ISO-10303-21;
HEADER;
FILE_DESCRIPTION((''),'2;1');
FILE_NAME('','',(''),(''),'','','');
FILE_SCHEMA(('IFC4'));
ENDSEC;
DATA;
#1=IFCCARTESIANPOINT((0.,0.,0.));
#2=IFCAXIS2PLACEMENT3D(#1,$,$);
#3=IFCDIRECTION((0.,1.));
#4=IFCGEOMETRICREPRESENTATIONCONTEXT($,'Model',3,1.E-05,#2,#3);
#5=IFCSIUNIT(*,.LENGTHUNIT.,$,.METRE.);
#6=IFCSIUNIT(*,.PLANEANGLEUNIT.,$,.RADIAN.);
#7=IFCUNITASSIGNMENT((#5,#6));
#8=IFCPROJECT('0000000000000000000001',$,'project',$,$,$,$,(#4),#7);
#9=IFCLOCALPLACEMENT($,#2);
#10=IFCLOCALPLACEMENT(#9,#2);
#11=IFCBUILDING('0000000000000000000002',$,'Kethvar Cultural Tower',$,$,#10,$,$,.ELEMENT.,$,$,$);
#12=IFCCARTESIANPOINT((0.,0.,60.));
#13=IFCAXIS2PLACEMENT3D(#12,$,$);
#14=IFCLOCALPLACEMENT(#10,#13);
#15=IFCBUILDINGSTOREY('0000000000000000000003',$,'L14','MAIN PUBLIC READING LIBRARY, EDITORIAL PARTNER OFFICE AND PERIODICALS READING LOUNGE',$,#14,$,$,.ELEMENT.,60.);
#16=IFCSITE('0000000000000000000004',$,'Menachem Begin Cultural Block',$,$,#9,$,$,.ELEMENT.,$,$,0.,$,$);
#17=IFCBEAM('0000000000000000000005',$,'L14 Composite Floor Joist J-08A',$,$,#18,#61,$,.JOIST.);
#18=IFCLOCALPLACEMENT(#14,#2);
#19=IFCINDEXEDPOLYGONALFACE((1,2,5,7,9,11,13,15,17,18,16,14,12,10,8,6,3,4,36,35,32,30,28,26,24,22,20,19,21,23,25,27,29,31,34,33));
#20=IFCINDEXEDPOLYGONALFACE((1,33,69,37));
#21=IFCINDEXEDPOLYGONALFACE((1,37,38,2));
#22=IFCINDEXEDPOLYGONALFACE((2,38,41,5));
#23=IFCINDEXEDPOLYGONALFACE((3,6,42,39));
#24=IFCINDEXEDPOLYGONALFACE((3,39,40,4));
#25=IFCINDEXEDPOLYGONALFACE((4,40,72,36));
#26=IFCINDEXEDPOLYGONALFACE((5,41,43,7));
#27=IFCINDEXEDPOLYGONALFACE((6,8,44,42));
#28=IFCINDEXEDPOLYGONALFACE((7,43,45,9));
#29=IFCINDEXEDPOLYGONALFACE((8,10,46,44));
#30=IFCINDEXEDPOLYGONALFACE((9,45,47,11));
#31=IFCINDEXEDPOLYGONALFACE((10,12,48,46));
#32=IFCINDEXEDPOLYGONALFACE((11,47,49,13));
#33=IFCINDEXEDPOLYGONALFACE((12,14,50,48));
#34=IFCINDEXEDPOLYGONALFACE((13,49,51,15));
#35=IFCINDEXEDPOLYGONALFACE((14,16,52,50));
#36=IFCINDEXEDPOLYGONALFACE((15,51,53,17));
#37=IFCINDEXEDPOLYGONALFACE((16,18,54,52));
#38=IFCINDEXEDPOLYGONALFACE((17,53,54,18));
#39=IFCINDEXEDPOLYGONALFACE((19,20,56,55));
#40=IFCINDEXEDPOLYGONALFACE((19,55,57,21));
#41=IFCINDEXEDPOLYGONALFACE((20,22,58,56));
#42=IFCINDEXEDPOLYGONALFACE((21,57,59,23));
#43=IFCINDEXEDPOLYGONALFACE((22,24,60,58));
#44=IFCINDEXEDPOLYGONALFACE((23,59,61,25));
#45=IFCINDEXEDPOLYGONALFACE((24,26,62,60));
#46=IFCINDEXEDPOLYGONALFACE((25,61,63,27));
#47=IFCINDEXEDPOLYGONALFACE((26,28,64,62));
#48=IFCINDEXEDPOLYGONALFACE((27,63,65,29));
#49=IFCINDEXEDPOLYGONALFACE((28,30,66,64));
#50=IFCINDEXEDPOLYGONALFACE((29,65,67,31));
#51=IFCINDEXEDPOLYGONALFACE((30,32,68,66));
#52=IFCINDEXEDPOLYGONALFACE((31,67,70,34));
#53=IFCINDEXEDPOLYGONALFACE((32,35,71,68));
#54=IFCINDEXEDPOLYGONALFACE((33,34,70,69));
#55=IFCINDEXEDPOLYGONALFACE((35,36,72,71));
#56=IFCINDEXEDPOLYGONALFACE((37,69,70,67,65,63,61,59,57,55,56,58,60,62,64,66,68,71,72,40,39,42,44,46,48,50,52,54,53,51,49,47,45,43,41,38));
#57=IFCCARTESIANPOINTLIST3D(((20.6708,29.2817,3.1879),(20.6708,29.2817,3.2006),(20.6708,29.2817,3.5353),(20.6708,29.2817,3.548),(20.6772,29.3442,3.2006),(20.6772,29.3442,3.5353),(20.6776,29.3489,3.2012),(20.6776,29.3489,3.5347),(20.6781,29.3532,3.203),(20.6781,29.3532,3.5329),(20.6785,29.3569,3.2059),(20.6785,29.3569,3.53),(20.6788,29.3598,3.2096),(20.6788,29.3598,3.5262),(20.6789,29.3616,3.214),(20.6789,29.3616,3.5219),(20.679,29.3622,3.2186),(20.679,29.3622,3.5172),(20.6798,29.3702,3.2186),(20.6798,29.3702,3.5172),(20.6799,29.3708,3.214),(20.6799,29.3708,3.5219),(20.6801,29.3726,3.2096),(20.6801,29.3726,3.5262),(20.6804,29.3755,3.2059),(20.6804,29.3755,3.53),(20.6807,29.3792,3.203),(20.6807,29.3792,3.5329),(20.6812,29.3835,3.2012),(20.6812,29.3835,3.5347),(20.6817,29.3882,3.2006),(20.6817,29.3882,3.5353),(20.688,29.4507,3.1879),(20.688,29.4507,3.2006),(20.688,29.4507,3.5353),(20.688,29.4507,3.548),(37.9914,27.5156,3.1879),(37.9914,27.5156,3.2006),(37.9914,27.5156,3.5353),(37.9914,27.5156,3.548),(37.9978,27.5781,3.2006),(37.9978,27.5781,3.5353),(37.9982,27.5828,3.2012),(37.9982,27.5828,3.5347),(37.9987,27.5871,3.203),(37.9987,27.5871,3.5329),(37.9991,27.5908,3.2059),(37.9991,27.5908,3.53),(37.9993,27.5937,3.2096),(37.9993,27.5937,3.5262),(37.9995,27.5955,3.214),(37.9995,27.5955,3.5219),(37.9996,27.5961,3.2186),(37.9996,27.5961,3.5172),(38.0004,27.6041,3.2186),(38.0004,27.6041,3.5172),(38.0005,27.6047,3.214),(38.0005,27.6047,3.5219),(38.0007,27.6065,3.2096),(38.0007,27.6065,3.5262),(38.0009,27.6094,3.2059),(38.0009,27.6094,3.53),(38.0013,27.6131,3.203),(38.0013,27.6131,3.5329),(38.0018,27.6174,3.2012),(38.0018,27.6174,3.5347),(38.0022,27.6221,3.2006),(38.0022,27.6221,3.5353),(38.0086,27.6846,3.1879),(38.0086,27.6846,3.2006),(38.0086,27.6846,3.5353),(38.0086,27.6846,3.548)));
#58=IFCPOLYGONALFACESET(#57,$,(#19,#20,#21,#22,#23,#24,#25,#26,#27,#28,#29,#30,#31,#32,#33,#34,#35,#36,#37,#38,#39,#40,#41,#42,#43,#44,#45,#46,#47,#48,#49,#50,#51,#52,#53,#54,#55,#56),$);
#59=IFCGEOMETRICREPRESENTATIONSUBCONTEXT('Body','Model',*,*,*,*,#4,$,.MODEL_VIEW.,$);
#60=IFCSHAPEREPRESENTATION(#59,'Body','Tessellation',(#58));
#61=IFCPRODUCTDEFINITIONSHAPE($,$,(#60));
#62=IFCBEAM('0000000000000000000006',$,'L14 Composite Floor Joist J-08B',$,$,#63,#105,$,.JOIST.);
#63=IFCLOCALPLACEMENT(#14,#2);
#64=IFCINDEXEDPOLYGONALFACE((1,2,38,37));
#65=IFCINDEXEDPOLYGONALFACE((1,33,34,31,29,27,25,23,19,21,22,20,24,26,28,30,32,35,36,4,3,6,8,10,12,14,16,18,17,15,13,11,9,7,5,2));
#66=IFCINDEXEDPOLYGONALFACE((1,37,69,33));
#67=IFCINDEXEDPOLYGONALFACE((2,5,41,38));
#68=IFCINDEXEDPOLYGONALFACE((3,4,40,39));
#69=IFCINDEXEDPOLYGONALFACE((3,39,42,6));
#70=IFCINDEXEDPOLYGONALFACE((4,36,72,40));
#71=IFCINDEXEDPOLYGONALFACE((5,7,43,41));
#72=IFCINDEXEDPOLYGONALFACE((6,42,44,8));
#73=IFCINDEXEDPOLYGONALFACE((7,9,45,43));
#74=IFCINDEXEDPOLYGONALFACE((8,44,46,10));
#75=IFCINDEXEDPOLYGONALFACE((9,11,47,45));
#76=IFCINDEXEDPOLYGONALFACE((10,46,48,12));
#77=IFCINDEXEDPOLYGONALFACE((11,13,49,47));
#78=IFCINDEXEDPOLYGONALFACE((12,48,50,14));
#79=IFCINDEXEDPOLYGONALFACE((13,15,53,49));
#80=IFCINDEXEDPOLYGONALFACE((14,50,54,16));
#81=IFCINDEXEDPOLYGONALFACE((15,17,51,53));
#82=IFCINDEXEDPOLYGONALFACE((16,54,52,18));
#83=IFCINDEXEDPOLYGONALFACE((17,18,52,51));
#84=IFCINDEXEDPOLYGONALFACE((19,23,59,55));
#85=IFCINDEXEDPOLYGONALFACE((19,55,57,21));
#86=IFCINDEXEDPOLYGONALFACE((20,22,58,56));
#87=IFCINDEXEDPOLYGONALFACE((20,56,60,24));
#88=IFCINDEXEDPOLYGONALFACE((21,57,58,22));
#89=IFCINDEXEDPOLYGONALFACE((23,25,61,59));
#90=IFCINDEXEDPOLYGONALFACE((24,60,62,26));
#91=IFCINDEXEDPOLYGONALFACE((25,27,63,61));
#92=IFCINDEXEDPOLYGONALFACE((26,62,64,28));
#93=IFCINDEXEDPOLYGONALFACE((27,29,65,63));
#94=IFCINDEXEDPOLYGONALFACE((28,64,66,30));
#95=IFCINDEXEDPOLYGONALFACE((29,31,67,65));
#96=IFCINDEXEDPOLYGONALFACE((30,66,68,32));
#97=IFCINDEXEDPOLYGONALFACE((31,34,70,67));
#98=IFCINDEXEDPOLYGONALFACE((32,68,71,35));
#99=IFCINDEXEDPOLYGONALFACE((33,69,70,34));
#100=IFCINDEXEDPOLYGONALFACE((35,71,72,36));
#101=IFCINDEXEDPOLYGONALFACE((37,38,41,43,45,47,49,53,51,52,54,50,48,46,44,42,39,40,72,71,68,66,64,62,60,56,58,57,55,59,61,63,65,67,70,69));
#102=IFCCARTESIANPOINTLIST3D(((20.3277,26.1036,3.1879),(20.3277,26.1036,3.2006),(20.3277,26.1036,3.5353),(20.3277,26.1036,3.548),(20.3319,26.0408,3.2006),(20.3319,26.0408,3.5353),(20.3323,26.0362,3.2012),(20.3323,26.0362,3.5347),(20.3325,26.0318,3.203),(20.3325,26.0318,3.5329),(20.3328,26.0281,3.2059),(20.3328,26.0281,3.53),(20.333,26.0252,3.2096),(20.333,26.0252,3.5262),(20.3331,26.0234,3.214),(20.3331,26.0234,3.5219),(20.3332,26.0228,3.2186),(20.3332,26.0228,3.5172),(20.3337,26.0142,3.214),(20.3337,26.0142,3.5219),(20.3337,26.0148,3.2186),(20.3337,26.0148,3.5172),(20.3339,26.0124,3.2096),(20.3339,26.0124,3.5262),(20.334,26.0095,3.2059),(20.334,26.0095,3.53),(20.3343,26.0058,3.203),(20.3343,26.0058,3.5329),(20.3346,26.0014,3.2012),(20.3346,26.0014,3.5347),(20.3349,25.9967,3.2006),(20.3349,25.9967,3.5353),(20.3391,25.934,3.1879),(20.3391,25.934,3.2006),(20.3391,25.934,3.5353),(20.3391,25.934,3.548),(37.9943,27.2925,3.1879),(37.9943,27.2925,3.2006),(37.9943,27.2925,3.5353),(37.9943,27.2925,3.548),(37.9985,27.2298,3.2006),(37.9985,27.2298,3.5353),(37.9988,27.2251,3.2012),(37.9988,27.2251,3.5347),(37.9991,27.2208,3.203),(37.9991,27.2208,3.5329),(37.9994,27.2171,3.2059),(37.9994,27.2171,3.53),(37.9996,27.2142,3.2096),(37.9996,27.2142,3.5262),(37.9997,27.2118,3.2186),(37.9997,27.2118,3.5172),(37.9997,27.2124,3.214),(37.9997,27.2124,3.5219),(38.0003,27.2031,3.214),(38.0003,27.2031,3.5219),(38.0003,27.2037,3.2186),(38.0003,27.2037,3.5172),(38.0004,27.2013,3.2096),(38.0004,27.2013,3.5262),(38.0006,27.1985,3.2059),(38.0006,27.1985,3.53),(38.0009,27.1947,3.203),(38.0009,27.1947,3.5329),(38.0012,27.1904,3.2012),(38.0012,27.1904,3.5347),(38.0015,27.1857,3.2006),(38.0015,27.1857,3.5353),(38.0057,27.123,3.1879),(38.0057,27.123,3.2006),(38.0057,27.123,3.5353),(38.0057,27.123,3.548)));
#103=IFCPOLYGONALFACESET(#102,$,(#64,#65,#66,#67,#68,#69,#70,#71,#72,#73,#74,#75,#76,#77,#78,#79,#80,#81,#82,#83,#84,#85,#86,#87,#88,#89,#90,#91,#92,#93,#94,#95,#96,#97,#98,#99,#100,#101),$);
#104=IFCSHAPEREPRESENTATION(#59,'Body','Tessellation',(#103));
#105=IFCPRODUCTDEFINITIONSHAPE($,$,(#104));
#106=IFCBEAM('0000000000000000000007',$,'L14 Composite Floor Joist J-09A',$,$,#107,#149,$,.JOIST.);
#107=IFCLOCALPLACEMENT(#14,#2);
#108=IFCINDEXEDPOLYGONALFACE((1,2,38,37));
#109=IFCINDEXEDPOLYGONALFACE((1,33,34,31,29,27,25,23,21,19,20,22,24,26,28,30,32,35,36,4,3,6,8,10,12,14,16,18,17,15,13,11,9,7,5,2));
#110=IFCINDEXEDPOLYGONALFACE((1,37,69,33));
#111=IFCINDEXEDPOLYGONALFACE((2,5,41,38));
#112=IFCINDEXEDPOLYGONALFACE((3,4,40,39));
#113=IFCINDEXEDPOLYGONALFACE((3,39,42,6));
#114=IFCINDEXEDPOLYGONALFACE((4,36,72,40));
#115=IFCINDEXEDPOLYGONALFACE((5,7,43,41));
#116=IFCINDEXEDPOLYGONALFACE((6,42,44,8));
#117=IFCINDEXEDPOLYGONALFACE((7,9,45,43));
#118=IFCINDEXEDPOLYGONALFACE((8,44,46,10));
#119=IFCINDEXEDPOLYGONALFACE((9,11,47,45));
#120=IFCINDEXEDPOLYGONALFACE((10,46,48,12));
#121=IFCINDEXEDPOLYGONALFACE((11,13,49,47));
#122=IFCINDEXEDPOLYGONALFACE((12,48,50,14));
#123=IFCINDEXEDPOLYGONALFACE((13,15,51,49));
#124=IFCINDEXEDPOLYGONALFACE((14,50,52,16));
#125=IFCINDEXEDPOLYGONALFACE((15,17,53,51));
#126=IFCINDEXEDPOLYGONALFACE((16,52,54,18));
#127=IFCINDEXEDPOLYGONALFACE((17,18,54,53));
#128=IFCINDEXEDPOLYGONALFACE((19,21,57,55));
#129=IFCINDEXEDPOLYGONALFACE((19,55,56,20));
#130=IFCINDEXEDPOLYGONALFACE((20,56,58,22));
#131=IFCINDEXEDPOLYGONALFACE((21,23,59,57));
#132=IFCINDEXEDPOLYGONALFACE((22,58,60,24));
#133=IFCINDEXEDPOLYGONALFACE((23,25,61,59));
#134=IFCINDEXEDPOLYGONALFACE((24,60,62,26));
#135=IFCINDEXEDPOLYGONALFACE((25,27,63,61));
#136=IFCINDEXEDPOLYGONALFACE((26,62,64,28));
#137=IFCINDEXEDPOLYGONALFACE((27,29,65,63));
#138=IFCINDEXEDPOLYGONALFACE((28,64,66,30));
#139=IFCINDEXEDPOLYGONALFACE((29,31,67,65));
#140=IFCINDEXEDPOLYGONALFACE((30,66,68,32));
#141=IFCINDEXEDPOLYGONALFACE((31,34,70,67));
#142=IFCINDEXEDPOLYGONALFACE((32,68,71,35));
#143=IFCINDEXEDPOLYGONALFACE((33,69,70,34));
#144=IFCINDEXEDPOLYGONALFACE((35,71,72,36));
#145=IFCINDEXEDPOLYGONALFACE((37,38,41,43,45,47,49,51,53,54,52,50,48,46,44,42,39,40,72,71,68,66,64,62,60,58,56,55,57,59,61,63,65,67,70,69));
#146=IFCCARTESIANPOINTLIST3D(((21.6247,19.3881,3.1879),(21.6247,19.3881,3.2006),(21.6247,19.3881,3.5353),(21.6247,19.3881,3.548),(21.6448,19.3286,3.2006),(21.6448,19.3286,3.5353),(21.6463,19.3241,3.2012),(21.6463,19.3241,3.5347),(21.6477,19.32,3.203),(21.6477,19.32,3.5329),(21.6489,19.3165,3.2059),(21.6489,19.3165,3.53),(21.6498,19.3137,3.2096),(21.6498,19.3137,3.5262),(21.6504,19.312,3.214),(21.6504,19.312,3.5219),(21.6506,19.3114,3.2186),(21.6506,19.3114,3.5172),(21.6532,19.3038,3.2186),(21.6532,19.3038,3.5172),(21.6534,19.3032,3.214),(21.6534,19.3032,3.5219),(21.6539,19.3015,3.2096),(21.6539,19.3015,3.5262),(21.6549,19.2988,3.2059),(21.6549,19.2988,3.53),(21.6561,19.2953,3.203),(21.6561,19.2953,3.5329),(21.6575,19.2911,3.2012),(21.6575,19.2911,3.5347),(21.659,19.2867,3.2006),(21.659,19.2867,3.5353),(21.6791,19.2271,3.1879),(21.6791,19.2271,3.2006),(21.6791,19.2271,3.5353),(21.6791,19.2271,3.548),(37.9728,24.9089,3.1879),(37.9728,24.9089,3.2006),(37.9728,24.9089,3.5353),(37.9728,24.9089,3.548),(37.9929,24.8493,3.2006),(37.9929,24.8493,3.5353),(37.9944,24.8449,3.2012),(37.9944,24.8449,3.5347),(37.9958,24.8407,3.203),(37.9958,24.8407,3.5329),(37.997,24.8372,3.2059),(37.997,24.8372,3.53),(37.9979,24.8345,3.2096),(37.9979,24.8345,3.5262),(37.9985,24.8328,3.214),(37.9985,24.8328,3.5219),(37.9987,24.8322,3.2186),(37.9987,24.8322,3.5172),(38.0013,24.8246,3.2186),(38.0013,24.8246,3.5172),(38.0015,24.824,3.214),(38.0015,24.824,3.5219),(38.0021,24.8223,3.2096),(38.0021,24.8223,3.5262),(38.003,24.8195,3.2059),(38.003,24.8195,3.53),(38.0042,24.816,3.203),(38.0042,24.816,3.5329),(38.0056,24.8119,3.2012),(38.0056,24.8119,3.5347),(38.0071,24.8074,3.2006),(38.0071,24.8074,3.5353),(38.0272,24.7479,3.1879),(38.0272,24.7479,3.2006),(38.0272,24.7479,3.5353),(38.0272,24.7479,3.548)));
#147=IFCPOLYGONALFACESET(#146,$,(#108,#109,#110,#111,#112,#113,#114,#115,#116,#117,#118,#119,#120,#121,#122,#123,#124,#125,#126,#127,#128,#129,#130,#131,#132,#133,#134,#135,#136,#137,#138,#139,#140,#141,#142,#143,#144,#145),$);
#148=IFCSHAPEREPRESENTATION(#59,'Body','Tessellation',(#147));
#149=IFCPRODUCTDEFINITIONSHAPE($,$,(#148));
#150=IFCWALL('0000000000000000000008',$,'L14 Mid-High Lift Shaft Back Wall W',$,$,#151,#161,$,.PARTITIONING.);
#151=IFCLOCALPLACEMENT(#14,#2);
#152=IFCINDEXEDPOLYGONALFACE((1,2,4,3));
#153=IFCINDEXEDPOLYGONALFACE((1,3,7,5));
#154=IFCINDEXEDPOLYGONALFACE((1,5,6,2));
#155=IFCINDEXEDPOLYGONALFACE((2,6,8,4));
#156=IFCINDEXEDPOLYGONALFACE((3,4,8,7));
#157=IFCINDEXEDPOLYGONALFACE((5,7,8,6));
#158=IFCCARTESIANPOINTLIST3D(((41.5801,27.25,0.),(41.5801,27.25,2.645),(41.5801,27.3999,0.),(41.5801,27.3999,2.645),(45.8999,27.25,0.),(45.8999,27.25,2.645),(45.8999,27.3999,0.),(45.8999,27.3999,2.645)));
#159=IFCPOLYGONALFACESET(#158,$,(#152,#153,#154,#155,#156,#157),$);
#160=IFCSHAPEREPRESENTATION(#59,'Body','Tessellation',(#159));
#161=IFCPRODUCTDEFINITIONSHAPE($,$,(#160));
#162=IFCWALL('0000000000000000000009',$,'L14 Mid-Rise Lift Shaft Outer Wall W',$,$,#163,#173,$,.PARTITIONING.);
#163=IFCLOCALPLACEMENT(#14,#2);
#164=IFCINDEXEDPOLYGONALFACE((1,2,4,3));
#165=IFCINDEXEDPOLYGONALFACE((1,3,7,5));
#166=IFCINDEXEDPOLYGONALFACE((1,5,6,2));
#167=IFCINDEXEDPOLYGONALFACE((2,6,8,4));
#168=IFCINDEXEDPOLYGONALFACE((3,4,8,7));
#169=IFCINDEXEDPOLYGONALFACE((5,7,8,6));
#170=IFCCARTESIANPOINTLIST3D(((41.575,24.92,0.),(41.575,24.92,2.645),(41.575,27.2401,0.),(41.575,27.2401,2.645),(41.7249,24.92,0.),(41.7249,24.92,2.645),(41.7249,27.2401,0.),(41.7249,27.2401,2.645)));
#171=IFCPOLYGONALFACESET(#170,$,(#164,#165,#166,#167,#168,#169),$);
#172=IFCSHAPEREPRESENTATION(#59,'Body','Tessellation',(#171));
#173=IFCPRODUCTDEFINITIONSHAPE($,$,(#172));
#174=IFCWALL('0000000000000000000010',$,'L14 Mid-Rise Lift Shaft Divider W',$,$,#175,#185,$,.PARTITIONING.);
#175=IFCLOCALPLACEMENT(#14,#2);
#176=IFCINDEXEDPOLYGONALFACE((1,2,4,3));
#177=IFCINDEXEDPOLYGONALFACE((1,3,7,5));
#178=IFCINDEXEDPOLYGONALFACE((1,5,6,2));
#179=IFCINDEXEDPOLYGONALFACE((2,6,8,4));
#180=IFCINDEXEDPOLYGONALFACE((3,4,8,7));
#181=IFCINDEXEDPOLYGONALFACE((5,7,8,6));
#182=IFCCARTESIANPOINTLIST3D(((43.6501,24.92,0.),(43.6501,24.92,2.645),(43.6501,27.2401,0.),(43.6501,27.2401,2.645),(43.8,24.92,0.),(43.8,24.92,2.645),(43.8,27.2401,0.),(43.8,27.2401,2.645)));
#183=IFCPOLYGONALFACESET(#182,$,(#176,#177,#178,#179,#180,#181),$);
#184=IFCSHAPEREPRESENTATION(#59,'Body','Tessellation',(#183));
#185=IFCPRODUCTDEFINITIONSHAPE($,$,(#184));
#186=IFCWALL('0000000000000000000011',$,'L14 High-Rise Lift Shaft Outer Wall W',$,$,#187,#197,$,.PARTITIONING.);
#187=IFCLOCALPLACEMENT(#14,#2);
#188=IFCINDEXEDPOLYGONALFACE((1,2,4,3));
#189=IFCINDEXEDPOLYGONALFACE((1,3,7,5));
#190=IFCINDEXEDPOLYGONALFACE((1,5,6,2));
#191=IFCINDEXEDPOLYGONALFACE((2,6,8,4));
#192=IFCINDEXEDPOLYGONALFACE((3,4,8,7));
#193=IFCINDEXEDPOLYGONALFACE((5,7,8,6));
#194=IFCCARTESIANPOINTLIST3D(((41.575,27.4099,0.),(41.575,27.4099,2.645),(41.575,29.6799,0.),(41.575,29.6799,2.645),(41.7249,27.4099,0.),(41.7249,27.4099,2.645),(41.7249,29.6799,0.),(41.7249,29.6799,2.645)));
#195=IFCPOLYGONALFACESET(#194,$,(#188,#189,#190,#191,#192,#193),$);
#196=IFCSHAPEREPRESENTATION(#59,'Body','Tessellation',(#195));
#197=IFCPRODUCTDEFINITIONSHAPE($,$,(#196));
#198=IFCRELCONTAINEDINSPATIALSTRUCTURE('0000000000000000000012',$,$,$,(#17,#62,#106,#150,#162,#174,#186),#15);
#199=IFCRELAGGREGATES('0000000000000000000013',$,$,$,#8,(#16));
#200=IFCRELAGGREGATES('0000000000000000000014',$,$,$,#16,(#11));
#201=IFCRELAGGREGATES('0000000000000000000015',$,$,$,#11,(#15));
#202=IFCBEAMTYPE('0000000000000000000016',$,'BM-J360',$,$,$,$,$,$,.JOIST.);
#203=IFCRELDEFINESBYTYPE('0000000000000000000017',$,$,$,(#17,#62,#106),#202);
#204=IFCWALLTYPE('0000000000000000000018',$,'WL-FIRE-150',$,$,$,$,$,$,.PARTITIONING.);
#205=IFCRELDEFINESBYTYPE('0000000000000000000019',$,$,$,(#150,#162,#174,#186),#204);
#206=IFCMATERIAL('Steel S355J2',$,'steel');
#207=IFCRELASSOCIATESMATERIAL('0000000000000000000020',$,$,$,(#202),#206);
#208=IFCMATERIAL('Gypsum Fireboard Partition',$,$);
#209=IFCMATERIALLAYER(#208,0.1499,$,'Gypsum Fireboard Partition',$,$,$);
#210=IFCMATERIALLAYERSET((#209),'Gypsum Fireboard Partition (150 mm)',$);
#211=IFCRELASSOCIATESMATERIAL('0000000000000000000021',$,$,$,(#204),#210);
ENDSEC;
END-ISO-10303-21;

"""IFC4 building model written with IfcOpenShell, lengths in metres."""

from ifc_helpers import new_model, si_unit, direction, frame, frame_2d, origin, origin_2d, place, context, subcontext, project, spatial, rectangle, i_section, extrude, source, transform, mapped, material, layer, layer_set, material_profile, profile_set, type_object, element, save


model = new_model("IFC4")

# Units and contexts
model_context = context("Model", 3, precision=1e-05, world=origin(), true_north=direction((0.0, 1.0)))
body_context = subcontext(model_context, "Body", "Model", "MODEL_VIEW")
ifc_project = project(units=[si_unit("LENGTHUNIT", "METRE"), si_unit("PLANEANGLEUNIT", "RADIAN")], contexts=[model_context])

# Site, building, storey
site_placement = place(None, origin())
site = spatial("IfcSite", under=ifc_project, at=site_placement, Name="Menachem Begin Cultural Block", CompositionType="ELEMENT", RefElevation=0.0)
building_placement = place(site_placement, origin())
building = spatial("IfcBuilding", under=site, at=building_placement, Name="Kethvar Cultural Tower", CompositionType="ELEMENT")
storey_placement = place(building_placement, frame((0.0, 0.0, 60.0)))
storey = spatial("IfcBuildingStorey", under=building, at=storey_placement, Name="L14", Description="MAIN PUBLIC READING LIBRARY, EDITORIAL PARTNER OFFICE AND PERIODICALS READING LOUNGE", CompositionType="ELEMENT", Elevation=60.0)

# Beams
ifc_material_1 = material(Name="Steel S355J2", Category="steel")
ifc_material_profile_1 = material_profile(ifc_material_1, i_section(OverallWidth=0.1699, OverallDepth=0.3601, WebThickness=0.0081, FlangeThickness=0.0127, FilletRadius=0.0181, at=origin_2d()), Name="Steel S355J2 — IPE360")
ifc_profile_set_1 = profile_set([ifc_material_profile_1], Name="Steel S355J2 — IPE360")
beam_type_1 = type_object("IfcBeamType", Name="BM-J360", PredefinedType="JOIST", material=ifc_profile_set_1)
shared_shape_1 = source(origin(), body_context, "Body", "SweptSolid", [
    extrude(i_section(OverallWidth=0.1699, OverallDepth=0.3601, WebThickness=0.0081, FlangeThickness=0.0127, FilletRadius=0.0181, at=origin_2d()), origin(), (0.0, 0.0, 1.0), 17.4104),
])
beam_1_placement = place(storey_placement, frame((38.0, 27.6001, 3.3679), z_axis=(-0.994842, 0.10144, 0.0), x_axis=(-0.10144, -0.994842, 0.0)))
element("IfcBeam", 1, at=beam_1_placement, inside=storey, type_object=beam_type_1, Name="L14 Composite Floor Joist J-08A", PredefinedType="JOIST", context=body_context, shape_type="MappedRepresentation", body=[
    mapped(shared_shape_1, transform((0.0, 0.0, 0.0), scale=1.0)),
])
shared_shape_2 = source(origin(), body_context, "Body", "SweptSolid", [
    extrude(i_section(OverallWidth=0.1699, OverallDepth=0.3601, WebThickness=0.0081, FlangeThickness=0.0127, FilletRadius=0.0181, at=origin_2d()), origin(), (0.0, 0.0, 1.0), 17.7065),
])
beam_2_placement = place(storey_placement, frame((38.0, 27.2078, 3.3679), z_axis=(-0.997743, -0.067149, 0.0), x_axis=(0.067149, -0.997743, 0.0)))
element("IfcBeam", 2, at=beam_2_placement, inside=storey, type_object=beam_type_1, Name="L14 Composite Floor Joist J-08B", PredefinedType="JOIST", context=body_context, shape_type="MappedRepresentation", body=[
    mapped(shared_shape_2, transform((0.0, 0.0, 0.0), scale=1.0)),
])
shared_shape_3 = source(origin(), body_context, "Body", "SweptSolid", [
    extrude(i_section(OverallWidth=0.1699, OverallDepth=0.3601, WebThickness=0.0081, FlangeThickness=0.0127, FilletRadius=0.0181, at=origin_2d()), origin(), (0.0, 0.0, 1.0), 17.2551),
])
beam_3_placement = place(storey_placement, frame((38.0, 24.8284, 3.3679), z_axis=(-0.947435, -0.319948, 0.0), x_axis=(0.319948, -0.947435, 0.0)))
element("IfcBeam", 3, at=beam_3_placement, inside=storey, type_object=beam_type_1, Name="L14 Composite Floor Joist J-09A", PredefinedType="JOIST", context=body_context, shape_type="MappedRepresentation", body=[
    mapped(shared_shape_3, transform((0.0, 0.0, 0.0), scale=1.0)),
])

# Walls
ifc_material_2 = material(Name="Gypsum Fireboard Partition")
ifc_layer_1 = layer(ifc_material_2, 0.1499, Name="Gypsum Fireboard Partition")
ifc_layer_set_1 = layer_set([ifc_layer_1], Name="Gypsum Fireboard Partition (150 mm)")
wall_type_1 = type_object("IfcWallType", Name="WL-FIRE-150", PredefinedType="PARTITIONING", material=ifc_layer_set_1)
wall_1_placement = place(storey_placement, frame((41.5801, 27.325, 0.0), z_axis=(0.0, 0.0, 1.0), x_axis=(1.0, 0.0, 0.0)))
element("IfcWall", 4, at=wall_1_placement, inside=storey, type_object=wall_type_1, Name="L14 Mid-High Lift Shaft Back Wall W", PredefinedType="PARTITIONING", context=body_context, shape_type="SweptSolid", body=[
    extrude(rectangle(XDim=4.3198, YDim=0.1499, at=frame_2d((2.1599, 0.0))), origin(), (0.0, 0.0, 1.0), 2.645),
])
for number, where, z_axis, x_axis, name in (
    (5, (41.6499, 24.9199, 0.0), (0.0, 0.0, 1.0), (0.0, 1.0, 0.0), "L14 Mid-Rise Lift Shaft Outer Wall W"),
    (6, (43.7251, 24.9199, 0.0), (0.0, 0.0, 1.0), (0.0, 1.0, 0.0), "L14 Mid-Rise Lift Shaft Divider W"),
):
    element("IfcWall", number, at=place(storey_placement, frame(where, z_axis=z_axis, x_axis=x_axis)), inside=storey, type_object=wall_type_1, Name=name, PredefinedType="PARTITIONING", context=body_context, shape_type="SweptSolid", body=[
        extrude(rectangle(XDim=2.3201, YDim=0.1499, at=frame_2d((1.1602, 0.0))), origin(), (0.0, 0.0, 1.0), 2.645),
    ])
for number, where, z_axis, x_axis, name in (
    (7, (41.6499, 27.4099, 0.0), (0.0, 0.0, 1.0), (0.0, 1.0, 0.0), "L14 High-Rise Lift Shaft Outer Wall W"),
):
    element("IfcWall", number, at=place(storey_placement, frame(where, z_axis=z_axis, x_axis=x_axis)), inside=storey, type_object=wall_type_1, Name=name, PredefinedType="PARTITIONING", context=body_context, shape_type="SweptSolid", body=[
        extrude(rectangle(XDim=2.27, YDim=0.1499, at=frame_2d((1.135, 0.0))), origin(), (0.0, 0.0, 1.0), 2.645),
    ])

save(model, "model.ifc")
